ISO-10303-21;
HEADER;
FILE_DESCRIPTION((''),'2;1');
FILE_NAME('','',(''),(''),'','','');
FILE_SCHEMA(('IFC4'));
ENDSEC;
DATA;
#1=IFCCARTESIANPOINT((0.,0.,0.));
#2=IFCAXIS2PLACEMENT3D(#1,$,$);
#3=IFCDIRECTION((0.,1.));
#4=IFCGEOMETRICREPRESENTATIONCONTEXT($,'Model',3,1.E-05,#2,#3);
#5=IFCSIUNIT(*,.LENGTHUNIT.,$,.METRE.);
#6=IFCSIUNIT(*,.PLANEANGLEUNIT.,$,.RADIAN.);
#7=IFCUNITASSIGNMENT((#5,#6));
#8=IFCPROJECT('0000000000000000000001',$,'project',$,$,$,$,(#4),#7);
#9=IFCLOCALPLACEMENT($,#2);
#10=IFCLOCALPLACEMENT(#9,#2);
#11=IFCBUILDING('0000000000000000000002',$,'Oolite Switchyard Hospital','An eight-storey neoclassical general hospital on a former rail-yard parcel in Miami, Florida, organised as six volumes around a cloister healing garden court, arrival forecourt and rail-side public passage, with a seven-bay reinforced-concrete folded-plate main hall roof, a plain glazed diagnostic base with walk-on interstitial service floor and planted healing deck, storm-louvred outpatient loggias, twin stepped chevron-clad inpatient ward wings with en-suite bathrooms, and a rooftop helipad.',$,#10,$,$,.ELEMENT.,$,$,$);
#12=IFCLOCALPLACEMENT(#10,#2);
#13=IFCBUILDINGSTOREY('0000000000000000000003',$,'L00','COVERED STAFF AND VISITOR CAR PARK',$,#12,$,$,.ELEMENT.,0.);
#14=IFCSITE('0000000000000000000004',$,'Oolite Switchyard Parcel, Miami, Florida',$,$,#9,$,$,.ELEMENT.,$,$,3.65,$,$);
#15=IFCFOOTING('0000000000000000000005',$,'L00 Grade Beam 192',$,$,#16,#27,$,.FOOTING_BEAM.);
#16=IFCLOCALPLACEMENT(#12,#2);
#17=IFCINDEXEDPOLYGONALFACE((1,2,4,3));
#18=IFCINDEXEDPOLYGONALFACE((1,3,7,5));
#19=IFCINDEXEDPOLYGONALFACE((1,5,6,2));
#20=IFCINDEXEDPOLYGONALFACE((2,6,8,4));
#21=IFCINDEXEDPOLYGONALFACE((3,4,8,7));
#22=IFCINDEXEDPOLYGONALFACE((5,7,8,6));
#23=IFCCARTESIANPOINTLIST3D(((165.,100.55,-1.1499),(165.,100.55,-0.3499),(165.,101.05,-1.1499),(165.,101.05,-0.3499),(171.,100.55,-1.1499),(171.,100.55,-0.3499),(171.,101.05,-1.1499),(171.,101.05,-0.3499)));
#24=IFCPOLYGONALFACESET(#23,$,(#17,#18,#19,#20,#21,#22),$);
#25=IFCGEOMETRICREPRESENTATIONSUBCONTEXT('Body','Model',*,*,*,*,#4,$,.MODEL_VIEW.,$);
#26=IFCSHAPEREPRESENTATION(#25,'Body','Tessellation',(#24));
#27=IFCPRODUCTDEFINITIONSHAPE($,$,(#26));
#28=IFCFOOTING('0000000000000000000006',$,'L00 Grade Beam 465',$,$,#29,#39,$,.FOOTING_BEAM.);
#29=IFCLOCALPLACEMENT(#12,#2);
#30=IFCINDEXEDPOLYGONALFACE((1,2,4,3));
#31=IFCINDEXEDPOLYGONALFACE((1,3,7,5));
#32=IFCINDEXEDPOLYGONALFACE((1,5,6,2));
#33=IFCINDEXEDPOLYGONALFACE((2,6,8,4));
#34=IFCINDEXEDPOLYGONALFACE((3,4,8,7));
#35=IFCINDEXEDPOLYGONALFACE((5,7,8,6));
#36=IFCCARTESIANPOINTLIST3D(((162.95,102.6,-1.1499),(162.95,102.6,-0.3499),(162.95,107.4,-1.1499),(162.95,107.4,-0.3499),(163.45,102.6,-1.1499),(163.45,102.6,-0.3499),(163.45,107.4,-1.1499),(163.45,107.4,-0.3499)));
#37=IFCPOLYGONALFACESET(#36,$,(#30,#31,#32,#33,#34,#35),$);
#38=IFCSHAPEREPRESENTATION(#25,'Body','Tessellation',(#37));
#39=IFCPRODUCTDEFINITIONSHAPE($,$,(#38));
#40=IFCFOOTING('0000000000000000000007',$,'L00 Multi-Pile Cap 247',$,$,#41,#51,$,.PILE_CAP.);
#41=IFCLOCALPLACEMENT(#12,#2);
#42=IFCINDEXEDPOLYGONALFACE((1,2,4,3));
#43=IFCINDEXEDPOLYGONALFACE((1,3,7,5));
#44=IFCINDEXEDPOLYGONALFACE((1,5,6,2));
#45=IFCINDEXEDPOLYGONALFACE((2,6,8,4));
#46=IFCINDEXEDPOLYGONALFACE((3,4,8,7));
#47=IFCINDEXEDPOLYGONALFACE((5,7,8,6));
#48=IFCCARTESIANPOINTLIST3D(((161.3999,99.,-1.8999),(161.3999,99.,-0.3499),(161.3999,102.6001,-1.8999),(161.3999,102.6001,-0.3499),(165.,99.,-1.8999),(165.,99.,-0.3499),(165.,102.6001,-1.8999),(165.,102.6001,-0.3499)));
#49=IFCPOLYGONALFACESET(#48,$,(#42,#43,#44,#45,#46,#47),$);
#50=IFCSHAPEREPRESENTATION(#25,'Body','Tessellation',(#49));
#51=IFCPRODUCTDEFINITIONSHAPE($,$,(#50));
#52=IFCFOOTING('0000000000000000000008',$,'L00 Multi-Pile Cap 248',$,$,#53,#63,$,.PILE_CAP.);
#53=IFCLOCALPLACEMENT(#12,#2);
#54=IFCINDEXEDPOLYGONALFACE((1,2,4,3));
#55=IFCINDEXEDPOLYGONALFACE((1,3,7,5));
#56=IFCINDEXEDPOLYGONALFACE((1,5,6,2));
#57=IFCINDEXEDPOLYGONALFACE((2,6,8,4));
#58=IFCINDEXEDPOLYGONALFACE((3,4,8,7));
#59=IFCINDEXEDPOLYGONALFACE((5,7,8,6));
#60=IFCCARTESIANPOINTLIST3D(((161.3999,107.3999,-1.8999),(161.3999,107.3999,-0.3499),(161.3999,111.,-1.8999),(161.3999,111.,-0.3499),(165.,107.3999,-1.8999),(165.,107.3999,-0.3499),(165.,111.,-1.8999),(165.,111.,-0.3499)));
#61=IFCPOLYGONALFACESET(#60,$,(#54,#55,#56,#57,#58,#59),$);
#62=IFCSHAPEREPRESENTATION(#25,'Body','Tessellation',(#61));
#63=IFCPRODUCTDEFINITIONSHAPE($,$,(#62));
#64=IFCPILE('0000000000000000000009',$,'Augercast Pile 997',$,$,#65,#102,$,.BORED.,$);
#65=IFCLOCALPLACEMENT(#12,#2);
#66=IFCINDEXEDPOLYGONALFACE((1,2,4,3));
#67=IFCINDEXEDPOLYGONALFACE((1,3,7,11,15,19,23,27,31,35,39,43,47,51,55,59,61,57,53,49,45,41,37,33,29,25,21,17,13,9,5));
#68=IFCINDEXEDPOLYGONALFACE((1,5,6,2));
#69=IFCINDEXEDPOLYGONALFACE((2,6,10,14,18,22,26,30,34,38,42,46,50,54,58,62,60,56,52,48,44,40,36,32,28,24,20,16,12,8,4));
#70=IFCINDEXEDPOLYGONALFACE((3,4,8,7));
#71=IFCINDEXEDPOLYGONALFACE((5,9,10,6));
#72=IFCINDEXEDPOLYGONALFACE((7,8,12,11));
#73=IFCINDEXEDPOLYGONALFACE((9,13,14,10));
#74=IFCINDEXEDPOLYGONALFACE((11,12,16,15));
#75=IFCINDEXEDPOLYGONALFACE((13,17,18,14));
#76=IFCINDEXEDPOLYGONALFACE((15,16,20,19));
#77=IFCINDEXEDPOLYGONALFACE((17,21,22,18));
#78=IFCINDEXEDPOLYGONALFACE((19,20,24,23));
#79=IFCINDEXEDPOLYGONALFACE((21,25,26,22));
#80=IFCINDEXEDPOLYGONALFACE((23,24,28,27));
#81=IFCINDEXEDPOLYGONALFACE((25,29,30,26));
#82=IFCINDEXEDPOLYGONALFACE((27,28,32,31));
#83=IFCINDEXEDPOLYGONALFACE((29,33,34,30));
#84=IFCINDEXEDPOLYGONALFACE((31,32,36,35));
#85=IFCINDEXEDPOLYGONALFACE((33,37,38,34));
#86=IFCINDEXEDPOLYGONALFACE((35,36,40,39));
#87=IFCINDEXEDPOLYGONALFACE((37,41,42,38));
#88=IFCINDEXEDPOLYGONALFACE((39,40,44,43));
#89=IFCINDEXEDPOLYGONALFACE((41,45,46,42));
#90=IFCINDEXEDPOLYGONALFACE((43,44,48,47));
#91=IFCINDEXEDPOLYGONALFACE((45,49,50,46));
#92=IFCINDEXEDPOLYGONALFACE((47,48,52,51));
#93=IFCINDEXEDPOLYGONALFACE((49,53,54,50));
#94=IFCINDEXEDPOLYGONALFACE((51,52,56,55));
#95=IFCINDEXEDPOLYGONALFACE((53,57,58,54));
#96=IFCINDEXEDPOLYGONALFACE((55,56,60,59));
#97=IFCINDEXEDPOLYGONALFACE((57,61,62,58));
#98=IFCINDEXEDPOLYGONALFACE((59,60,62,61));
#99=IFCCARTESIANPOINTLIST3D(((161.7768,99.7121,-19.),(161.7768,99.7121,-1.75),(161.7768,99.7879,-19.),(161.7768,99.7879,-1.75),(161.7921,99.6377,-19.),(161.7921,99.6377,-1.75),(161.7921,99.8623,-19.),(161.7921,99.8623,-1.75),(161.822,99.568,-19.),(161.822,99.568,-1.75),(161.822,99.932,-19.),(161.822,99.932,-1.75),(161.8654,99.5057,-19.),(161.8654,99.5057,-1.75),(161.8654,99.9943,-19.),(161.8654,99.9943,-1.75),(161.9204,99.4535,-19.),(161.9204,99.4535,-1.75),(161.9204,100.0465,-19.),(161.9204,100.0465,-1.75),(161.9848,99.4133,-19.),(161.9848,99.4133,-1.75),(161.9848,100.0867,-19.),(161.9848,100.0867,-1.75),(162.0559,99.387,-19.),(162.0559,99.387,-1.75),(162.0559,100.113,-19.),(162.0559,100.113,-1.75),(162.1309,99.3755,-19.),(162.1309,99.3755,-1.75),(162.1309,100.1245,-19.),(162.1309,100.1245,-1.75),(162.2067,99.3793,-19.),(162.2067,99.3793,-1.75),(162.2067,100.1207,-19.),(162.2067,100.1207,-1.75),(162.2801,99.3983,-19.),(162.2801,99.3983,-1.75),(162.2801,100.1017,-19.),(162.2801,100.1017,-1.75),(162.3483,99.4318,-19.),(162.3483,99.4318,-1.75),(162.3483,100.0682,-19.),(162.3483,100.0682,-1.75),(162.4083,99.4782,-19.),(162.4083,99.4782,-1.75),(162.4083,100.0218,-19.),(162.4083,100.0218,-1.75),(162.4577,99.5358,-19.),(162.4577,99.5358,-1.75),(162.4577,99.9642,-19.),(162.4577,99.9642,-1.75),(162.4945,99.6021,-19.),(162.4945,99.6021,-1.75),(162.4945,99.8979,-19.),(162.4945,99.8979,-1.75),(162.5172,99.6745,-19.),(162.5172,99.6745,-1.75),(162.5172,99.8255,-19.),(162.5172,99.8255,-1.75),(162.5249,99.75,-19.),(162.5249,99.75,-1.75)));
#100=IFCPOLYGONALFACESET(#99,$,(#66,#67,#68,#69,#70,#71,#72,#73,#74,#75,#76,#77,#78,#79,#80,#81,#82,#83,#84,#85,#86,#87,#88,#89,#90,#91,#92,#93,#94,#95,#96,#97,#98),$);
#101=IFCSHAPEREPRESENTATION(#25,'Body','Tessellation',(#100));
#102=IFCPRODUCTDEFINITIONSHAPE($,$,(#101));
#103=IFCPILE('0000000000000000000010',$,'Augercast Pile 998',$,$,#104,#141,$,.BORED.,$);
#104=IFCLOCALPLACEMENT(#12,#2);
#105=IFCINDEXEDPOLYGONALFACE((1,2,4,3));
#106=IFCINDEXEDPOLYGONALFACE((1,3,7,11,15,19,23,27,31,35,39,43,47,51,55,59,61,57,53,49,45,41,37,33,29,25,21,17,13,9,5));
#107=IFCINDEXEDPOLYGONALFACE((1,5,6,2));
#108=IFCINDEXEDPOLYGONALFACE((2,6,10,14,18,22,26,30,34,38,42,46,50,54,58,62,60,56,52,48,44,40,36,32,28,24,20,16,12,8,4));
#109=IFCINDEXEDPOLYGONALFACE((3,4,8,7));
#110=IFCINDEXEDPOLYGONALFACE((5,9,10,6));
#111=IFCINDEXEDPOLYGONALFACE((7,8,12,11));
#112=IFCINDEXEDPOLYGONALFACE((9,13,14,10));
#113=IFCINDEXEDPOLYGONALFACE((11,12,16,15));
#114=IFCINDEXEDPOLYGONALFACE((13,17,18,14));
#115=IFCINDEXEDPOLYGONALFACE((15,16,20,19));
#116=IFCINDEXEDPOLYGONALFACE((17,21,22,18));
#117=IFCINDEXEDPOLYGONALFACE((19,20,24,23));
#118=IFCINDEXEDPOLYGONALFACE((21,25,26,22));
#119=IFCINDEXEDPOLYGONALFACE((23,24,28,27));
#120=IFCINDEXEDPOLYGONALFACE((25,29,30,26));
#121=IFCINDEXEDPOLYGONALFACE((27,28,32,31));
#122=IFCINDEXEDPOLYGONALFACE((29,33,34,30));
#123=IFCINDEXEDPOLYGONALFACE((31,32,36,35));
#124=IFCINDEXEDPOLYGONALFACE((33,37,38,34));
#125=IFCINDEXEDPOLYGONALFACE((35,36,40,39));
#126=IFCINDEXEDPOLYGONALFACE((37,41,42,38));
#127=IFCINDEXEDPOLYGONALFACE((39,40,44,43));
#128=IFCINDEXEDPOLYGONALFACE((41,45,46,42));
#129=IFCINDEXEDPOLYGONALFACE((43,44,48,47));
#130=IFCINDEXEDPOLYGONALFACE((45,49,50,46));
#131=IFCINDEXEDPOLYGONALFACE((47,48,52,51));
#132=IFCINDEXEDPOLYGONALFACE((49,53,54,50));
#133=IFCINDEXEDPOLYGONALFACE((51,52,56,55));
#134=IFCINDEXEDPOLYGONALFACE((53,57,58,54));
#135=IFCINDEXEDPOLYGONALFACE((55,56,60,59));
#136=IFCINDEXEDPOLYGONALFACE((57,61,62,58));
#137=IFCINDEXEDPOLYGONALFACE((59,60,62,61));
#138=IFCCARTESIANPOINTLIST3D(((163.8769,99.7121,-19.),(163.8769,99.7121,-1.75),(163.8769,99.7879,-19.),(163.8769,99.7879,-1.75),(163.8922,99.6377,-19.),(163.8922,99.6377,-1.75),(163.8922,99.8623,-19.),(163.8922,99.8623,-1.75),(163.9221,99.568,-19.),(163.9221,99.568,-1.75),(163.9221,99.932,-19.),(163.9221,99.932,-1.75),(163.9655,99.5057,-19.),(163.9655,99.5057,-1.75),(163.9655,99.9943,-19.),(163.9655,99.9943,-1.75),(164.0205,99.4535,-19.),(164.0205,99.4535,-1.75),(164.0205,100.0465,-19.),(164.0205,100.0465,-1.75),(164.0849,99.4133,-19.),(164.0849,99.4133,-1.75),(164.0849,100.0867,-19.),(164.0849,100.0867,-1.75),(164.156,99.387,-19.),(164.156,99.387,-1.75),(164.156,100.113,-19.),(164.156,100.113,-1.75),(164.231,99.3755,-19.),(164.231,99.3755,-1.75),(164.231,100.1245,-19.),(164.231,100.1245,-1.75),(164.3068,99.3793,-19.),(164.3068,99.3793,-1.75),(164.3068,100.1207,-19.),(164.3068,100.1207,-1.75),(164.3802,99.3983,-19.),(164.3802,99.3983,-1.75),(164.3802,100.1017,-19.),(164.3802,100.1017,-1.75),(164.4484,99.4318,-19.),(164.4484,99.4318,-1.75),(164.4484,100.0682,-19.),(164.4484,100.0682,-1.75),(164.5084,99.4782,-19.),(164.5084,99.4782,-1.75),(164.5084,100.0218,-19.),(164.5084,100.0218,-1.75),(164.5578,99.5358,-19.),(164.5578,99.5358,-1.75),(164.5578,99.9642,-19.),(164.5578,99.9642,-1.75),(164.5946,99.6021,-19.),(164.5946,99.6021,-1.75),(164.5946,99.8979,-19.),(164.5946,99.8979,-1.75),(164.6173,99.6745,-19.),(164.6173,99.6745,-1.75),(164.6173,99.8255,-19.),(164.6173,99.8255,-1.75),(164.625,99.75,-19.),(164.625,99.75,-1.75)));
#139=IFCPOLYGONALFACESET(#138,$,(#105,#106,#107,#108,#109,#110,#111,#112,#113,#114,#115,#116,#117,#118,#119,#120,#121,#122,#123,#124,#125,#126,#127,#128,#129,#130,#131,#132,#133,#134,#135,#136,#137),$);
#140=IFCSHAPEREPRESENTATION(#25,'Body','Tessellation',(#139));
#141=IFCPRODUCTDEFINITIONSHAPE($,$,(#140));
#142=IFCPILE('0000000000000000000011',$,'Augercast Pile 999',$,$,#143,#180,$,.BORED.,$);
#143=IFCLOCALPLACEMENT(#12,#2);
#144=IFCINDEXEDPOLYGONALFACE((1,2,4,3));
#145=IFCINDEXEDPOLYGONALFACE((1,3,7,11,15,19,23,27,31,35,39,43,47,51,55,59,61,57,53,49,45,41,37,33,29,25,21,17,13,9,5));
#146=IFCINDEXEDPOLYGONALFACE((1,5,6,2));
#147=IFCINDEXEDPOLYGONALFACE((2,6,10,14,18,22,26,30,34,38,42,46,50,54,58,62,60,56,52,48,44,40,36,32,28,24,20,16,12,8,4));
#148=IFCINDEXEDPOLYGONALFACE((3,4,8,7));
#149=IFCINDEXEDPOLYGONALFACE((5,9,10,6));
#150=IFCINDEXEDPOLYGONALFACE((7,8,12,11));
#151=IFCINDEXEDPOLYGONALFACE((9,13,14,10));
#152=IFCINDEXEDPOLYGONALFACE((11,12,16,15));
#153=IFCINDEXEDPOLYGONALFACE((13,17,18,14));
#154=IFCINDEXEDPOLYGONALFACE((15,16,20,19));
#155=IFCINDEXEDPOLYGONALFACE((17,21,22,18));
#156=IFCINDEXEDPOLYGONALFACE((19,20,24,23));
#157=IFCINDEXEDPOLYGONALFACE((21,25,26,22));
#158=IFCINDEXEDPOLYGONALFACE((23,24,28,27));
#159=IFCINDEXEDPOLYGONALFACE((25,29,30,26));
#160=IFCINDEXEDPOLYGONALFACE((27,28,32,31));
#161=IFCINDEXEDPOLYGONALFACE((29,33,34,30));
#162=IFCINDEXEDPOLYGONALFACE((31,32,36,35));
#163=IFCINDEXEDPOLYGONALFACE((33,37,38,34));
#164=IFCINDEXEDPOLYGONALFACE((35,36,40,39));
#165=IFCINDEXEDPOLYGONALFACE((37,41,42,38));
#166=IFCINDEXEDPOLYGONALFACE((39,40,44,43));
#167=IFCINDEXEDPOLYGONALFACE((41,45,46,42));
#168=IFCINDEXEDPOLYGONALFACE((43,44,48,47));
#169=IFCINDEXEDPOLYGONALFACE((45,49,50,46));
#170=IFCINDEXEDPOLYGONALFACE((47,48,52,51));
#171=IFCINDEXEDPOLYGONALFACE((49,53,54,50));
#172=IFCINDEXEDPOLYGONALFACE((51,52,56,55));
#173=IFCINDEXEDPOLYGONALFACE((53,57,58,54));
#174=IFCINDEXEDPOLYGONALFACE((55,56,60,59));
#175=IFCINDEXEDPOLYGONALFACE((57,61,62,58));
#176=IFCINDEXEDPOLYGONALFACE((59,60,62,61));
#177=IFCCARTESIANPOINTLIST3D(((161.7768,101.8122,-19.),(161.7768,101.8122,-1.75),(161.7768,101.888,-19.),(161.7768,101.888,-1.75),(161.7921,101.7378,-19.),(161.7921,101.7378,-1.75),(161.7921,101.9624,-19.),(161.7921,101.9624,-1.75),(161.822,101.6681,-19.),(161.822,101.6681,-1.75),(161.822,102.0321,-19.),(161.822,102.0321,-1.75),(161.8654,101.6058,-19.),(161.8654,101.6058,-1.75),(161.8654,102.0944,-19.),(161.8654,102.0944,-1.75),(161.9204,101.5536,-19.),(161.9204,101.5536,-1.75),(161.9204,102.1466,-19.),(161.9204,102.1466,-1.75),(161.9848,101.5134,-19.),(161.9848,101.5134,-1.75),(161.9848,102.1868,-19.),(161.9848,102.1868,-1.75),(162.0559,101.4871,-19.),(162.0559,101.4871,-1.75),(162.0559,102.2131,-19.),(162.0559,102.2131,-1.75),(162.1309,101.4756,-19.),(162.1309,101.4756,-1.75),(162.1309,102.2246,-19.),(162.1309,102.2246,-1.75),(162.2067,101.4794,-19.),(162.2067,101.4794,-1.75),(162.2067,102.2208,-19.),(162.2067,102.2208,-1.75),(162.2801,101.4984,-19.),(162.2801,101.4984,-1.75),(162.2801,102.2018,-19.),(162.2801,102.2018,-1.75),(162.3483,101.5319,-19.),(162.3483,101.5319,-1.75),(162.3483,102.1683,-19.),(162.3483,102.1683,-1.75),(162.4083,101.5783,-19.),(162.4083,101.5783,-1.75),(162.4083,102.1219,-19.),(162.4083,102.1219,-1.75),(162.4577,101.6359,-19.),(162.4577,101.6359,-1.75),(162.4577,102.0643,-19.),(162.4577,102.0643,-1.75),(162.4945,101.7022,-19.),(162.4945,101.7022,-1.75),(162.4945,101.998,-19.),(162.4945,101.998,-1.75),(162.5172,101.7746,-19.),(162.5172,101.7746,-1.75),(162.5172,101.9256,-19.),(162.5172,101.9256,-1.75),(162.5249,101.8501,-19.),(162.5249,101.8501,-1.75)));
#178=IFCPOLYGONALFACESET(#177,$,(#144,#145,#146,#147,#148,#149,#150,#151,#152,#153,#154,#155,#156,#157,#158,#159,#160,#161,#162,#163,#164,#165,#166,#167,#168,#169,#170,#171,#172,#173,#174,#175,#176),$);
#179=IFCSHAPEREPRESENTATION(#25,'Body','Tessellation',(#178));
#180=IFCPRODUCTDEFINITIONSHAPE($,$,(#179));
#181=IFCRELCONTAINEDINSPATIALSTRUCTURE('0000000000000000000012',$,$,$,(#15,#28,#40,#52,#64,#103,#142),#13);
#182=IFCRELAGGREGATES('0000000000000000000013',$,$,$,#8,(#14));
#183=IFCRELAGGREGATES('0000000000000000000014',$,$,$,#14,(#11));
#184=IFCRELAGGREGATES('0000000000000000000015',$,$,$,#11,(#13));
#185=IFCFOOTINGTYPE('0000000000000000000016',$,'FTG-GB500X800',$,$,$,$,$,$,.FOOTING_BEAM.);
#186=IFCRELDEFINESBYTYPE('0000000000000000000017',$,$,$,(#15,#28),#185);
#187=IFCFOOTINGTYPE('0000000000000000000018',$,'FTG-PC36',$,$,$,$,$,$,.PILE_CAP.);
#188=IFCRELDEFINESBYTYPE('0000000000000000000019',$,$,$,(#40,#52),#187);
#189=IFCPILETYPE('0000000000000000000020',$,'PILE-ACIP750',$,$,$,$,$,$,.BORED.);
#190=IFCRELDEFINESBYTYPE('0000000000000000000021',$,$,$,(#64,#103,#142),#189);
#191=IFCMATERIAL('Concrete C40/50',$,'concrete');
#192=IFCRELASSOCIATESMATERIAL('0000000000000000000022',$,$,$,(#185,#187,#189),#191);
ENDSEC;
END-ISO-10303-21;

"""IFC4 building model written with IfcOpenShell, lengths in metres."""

from ifc_helpers import new_model, si_unit, direction, frame, origin, origin_2d, place, context, subcontext, project, spatial, rectangle, circle, extrude, material, material_profile, profile_set, type_object, element, save


model = new_model("IFC4")

# Units and contexts
model_context = context("Model", 3, precision=1e-05, world=origin(), true_north=direction((0.0, 1.0)))
body_context = subcontext(model_context, "Body", "Model", "MODEL_VIEW")
ifc_project = project(units=[si_unit("LENGTHUNIT", "METRE"), si_unit("PLANEANGLEUNIT", "RADIAN")], contexts=[model_context])

# Site, building, storey
site_placement = place(None, origin())
site = spatial("IfcSite", under=ifc_project, at=site_placement, Name="Oolite Switchyard Parcel, Miami, Florida", CompositionType="ELEMENT", RefElevation=3.65)
building_placement = place(site_placement, origin())
building = spatial("IfcBuilding", under=site, at=building_placement, Name="Oolite Switchyard Hospital", Description="An eight-storey neoclassical general hospital on a former rail-yard parcel in Miami, Florida, organised as six volumes around a cloister healing garden court, arrival forecourt and rail-side public passage, with a seven-bay reinforced-concrete folded-plate main hall roof, a plain glazed diagnostic base with walk-on interstitial service floor and planted healing deck, storm-louvred outpatient loggias, twin stepped chevron-clad inpatient ward wings with en-suite bathrooms, and a rooftop helipad.", CompositionType="ELEMENT")
storey_placement = place(building_placement, origin())
storey = spatial("IfcBuildingStorey", under=building, at=storey_placement, Name="L00", Description="COVERED STAFF AND VISITOR CAR PARK", CompositionType="ELEMENT", Elevation=0.0)

# Footings
ifc_material_1 = material(Name="Concrete C40/50", Category="concrete")
footing_type_1 = type_object("IfcFootingType", Name="FTG-GB500X800", PredefinedType="FOOTING_BEAM", material=ifc_material_1)
footing_1_placement = place(storey_placement, frame((168.0, 100.8, -1.1499), z_axis=(0.0, 0.0, 1.0), x_axis=(1.0, 0.0, 0.0)))
element("IfcFooting", 1, at=footing_1_placement, inside=storey, type_object=footing_type_1, Name="L00 Grade Beam 192", PredefinedType="FOOTING_BEAM", context=body_context, shape_type="SweptSolid", body=[
    extrude(rectangle(XDim=6.0, YDim=0.5, at=origin_2d()), origin(), (0.0, 0.0, 1.0), 0.8),
])
footing_2_placement = place(storey_placement, frame((163.2, 105.0, -1.1499), z_axis=(0.0, 0.0, 1.0), x_axis=(0.0, 1.0, 0.0)))
element("IfcFooting", 2, at=footing_2_placement, inside=storey, type_object=footing_type_1, Name="L00 Grade Beam 465", PredefinedType="FOOTING_BEAM", context=body_context, shape_type="SweptSolid", body=[
    extrude(rectangle(XDim=4.8, YDim=0.5, at=origin_2d()), origin(), (0.0, 0.0, 1.0), 0.8),
])
footing_type_2 = type_object("IfcFootingType", Name="FTG-PC36", PredefinedType="PILE_CAP", material=ifc_material_1)
for number, where, z_axis, x_axis, name in (
    (3, (163.2, 100.8, -1.8999), (0.0, 0.0, 1.0), (1.0, 0.0, 0.0), "L00 Multi-Pile Cap 247"),
    (4, (163.2, 109.2, -1.8999), (0.0, 0.0, 1.0), (1.0, 0.0, 0.0), "L00 Multi-Pile Cap 248"),
):
    element("IfcFooting", number, at=place(storey_placement, frame(where, z_axis=z_axis, x_axis=x_axis)), inside=storey, type_object=footing_type_2, Name=name, PredefinedType="PILE_CAP", context=body_context, shape_type="SweptSolid", body=[
        extrude(rectangle(XDim=3.6001, YDim=3.6001, at=origin_2d()), origin(), (0.0, 0.0, 1.0), 1.55),
    ])

# Piles
ifc_material_profile_1 = material_profile(ifc_material_1, circle(Radius=0.375, at=origin_2d()), Name="PILE750")
ifc_profile_set_1 = profile_set([ifc_material_profile_1], Name="Concrete C40/50")
pile_type = type_object("IfcPileType", Name="PILE-ACIP750", PredefinedType="BORED", material=ifc_profile_set_1)
for number, where, z_axis, x_axis, name in (
    (5, (162.1499, 99.75, -1.75), (0.0, 0.0, -1.0), (1.0, 0.0, 0.0), "Augercast Pile 997"),
    (6, (164.25, 99.75, -1.75), (0.0, 0.0, -1.0), (1.0, 0.0, 0.0), "Augercast Pile 998"),
    (7, (162.1499, 101.8501, -1.75), (0.0, 0.0, -1.0), (1.0, 0.0, 0.0), "Augercast Pile 999"),
):
    element("IfcPile", number, at=place(storey_placement, frame(where, z_axis=z_axis, x_axis=x_axis)), inside=storey, type_object=pile_type, Name=name, PredefinedType="BORED", context=body_context, shape_type="SweptSolid", body=[
        extrude(circle(Radius=0.375, at=origin_2d()), origin(), (0.0, 0.0, 1.0), 17.25),
    ])

save(model, "model.ifc")
